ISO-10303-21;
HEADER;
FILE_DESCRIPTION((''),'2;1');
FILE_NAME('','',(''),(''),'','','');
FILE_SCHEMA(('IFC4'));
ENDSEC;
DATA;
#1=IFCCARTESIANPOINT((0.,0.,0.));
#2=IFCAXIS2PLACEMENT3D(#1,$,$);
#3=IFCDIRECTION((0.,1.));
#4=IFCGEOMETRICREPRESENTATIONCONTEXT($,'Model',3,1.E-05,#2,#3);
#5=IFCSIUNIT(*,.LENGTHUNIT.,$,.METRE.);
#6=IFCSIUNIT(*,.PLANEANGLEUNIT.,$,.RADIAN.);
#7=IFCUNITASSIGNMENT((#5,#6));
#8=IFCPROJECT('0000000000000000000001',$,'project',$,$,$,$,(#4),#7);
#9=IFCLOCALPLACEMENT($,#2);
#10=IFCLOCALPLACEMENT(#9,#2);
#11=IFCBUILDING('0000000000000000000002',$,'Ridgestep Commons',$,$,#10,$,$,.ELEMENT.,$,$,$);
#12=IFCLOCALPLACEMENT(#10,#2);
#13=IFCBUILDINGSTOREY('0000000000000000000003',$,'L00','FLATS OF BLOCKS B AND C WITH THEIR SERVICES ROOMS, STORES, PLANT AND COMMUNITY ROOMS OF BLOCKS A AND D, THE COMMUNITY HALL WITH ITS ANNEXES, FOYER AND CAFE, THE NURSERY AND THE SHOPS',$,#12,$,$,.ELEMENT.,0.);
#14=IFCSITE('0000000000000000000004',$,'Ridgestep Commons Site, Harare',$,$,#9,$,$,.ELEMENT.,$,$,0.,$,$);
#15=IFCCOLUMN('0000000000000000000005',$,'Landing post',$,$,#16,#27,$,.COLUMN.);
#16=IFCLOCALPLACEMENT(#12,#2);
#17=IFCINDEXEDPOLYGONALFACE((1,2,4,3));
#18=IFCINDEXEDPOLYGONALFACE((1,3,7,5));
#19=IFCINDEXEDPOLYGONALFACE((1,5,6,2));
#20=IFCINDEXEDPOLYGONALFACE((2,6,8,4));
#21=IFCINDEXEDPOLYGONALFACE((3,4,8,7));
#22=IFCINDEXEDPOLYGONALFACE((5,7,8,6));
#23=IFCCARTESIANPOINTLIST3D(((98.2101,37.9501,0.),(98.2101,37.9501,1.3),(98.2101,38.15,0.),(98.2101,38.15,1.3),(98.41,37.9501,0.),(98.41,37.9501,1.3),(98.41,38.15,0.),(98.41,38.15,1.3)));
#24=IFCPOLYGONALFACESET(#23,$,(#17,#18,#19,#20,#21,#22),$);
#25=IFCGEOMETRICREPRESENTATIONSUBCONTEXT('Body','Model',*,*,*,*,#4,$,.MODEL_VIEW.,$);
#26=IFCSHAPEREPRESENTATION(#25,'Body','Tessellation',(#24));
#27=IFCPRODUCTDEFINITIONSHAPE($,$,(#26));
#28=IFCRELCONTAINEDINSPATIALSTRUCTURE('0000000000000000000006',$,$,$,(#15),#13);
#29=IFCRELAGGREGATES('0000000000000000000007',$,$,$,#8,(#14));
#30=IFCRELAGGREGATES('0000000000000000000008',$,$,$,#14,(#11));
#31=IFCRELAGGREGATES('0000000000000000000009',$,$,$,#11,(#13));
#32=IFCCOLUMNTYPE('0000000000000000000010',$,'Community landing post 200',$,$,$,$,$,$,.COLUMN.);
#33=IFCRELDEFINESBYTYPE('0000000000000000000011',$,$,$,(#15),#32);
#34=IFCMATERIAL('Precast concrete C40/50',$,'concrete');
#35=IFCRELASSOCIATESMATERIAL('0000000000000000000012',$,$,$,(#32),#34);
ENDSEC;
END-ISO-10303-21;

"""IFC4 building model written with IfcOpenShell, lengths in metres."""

from ifc_helpers import new_model, si_unit, direction, frame, origin, origin_2d, place, context, subcontext, project, spatial, rectangle, extrude, material, material_profile, profile_set, type_object, element, save


model = new_model("IFC4")

# Units and contexts
model_context = context("Model", 3, precision=1e-05, world=origin(), true_north=direction((0.0, 1.0)))
body_context = subcontext(model_context, "Body", "Model", "MODEL_VIEW")
ifc_project = project(units=[si_unit("LENGTHUNIT", "METRE"), si_unit("PLANEANGLEUNIT", "RADIAN")], contexts=[model_context])

# Site, building, storey
site_placement = place(None, origin())
site = spatial("IfcSite", under=ifc_project, at=site_placement, Name="Ridgestep Commons Site, Harare", CompositionType="ELEMENT", RefElevation=0.0)
building_placement = place(site_placement, origin())
building = spatial("IfcBuilding", under=site, at=building_placement, Name="Ridgestep Commons", CompositionType="ELEMENT")
storey_placement = place(building_placement, origin())
storey = spatial("IfcBuildingStorey", under=building, at=storey_placement, Name="L00", Description="FLATS OF BLOCKS B AND C WITH THEIR SERVICES ROOMS, STORES, PLANT AND COMMUNITY ROOMS OF BLOCKS A AND D, THE COMMUNITY HALL WITH ITS ANNEXES, FOYER AND CAFE, THE NURSERY AND THE SHOPS", CompositionType="ELEMENT", Elevation=0.0)

# Column
ifc_material_1 = material(Name="Precast concrete C40/50", Category="concrete")
ifc_material_profile = material_profile(ifc_material_1, rectangle(XDim=0.2, YDim=0.2, at=origin_2d()), Name="Community landing post 200")
ifc_profile_set = profile_set([ifc_material_profile], Name="Precast concrete C40/50")
column_type = type_object("IfcColumnType", Name="Community landing post 200", PredefinedType="COLUMN", material=ifc_profile_set)
column_placement = place(storey_placement, frame((98.3101, 38.05, 0.0), z_axis=(0.0, 0.0, 1.0), x_axis=(1.0, 0.0, 0.0)))
element("IfcColumn", 1, at=column_placement, inside=storey, type_object=column_type, Name="Landing post", PredefinedType="COLUMN", context=body_context, shape_type="SweptSolid", body=[
    extrude(rectangle(XDim=0.2, YDim=0.2, at=origin_2d()), origin(), (0.0, 0.0, 1.0), 1.3),
])

save(model, "model.ifc")
